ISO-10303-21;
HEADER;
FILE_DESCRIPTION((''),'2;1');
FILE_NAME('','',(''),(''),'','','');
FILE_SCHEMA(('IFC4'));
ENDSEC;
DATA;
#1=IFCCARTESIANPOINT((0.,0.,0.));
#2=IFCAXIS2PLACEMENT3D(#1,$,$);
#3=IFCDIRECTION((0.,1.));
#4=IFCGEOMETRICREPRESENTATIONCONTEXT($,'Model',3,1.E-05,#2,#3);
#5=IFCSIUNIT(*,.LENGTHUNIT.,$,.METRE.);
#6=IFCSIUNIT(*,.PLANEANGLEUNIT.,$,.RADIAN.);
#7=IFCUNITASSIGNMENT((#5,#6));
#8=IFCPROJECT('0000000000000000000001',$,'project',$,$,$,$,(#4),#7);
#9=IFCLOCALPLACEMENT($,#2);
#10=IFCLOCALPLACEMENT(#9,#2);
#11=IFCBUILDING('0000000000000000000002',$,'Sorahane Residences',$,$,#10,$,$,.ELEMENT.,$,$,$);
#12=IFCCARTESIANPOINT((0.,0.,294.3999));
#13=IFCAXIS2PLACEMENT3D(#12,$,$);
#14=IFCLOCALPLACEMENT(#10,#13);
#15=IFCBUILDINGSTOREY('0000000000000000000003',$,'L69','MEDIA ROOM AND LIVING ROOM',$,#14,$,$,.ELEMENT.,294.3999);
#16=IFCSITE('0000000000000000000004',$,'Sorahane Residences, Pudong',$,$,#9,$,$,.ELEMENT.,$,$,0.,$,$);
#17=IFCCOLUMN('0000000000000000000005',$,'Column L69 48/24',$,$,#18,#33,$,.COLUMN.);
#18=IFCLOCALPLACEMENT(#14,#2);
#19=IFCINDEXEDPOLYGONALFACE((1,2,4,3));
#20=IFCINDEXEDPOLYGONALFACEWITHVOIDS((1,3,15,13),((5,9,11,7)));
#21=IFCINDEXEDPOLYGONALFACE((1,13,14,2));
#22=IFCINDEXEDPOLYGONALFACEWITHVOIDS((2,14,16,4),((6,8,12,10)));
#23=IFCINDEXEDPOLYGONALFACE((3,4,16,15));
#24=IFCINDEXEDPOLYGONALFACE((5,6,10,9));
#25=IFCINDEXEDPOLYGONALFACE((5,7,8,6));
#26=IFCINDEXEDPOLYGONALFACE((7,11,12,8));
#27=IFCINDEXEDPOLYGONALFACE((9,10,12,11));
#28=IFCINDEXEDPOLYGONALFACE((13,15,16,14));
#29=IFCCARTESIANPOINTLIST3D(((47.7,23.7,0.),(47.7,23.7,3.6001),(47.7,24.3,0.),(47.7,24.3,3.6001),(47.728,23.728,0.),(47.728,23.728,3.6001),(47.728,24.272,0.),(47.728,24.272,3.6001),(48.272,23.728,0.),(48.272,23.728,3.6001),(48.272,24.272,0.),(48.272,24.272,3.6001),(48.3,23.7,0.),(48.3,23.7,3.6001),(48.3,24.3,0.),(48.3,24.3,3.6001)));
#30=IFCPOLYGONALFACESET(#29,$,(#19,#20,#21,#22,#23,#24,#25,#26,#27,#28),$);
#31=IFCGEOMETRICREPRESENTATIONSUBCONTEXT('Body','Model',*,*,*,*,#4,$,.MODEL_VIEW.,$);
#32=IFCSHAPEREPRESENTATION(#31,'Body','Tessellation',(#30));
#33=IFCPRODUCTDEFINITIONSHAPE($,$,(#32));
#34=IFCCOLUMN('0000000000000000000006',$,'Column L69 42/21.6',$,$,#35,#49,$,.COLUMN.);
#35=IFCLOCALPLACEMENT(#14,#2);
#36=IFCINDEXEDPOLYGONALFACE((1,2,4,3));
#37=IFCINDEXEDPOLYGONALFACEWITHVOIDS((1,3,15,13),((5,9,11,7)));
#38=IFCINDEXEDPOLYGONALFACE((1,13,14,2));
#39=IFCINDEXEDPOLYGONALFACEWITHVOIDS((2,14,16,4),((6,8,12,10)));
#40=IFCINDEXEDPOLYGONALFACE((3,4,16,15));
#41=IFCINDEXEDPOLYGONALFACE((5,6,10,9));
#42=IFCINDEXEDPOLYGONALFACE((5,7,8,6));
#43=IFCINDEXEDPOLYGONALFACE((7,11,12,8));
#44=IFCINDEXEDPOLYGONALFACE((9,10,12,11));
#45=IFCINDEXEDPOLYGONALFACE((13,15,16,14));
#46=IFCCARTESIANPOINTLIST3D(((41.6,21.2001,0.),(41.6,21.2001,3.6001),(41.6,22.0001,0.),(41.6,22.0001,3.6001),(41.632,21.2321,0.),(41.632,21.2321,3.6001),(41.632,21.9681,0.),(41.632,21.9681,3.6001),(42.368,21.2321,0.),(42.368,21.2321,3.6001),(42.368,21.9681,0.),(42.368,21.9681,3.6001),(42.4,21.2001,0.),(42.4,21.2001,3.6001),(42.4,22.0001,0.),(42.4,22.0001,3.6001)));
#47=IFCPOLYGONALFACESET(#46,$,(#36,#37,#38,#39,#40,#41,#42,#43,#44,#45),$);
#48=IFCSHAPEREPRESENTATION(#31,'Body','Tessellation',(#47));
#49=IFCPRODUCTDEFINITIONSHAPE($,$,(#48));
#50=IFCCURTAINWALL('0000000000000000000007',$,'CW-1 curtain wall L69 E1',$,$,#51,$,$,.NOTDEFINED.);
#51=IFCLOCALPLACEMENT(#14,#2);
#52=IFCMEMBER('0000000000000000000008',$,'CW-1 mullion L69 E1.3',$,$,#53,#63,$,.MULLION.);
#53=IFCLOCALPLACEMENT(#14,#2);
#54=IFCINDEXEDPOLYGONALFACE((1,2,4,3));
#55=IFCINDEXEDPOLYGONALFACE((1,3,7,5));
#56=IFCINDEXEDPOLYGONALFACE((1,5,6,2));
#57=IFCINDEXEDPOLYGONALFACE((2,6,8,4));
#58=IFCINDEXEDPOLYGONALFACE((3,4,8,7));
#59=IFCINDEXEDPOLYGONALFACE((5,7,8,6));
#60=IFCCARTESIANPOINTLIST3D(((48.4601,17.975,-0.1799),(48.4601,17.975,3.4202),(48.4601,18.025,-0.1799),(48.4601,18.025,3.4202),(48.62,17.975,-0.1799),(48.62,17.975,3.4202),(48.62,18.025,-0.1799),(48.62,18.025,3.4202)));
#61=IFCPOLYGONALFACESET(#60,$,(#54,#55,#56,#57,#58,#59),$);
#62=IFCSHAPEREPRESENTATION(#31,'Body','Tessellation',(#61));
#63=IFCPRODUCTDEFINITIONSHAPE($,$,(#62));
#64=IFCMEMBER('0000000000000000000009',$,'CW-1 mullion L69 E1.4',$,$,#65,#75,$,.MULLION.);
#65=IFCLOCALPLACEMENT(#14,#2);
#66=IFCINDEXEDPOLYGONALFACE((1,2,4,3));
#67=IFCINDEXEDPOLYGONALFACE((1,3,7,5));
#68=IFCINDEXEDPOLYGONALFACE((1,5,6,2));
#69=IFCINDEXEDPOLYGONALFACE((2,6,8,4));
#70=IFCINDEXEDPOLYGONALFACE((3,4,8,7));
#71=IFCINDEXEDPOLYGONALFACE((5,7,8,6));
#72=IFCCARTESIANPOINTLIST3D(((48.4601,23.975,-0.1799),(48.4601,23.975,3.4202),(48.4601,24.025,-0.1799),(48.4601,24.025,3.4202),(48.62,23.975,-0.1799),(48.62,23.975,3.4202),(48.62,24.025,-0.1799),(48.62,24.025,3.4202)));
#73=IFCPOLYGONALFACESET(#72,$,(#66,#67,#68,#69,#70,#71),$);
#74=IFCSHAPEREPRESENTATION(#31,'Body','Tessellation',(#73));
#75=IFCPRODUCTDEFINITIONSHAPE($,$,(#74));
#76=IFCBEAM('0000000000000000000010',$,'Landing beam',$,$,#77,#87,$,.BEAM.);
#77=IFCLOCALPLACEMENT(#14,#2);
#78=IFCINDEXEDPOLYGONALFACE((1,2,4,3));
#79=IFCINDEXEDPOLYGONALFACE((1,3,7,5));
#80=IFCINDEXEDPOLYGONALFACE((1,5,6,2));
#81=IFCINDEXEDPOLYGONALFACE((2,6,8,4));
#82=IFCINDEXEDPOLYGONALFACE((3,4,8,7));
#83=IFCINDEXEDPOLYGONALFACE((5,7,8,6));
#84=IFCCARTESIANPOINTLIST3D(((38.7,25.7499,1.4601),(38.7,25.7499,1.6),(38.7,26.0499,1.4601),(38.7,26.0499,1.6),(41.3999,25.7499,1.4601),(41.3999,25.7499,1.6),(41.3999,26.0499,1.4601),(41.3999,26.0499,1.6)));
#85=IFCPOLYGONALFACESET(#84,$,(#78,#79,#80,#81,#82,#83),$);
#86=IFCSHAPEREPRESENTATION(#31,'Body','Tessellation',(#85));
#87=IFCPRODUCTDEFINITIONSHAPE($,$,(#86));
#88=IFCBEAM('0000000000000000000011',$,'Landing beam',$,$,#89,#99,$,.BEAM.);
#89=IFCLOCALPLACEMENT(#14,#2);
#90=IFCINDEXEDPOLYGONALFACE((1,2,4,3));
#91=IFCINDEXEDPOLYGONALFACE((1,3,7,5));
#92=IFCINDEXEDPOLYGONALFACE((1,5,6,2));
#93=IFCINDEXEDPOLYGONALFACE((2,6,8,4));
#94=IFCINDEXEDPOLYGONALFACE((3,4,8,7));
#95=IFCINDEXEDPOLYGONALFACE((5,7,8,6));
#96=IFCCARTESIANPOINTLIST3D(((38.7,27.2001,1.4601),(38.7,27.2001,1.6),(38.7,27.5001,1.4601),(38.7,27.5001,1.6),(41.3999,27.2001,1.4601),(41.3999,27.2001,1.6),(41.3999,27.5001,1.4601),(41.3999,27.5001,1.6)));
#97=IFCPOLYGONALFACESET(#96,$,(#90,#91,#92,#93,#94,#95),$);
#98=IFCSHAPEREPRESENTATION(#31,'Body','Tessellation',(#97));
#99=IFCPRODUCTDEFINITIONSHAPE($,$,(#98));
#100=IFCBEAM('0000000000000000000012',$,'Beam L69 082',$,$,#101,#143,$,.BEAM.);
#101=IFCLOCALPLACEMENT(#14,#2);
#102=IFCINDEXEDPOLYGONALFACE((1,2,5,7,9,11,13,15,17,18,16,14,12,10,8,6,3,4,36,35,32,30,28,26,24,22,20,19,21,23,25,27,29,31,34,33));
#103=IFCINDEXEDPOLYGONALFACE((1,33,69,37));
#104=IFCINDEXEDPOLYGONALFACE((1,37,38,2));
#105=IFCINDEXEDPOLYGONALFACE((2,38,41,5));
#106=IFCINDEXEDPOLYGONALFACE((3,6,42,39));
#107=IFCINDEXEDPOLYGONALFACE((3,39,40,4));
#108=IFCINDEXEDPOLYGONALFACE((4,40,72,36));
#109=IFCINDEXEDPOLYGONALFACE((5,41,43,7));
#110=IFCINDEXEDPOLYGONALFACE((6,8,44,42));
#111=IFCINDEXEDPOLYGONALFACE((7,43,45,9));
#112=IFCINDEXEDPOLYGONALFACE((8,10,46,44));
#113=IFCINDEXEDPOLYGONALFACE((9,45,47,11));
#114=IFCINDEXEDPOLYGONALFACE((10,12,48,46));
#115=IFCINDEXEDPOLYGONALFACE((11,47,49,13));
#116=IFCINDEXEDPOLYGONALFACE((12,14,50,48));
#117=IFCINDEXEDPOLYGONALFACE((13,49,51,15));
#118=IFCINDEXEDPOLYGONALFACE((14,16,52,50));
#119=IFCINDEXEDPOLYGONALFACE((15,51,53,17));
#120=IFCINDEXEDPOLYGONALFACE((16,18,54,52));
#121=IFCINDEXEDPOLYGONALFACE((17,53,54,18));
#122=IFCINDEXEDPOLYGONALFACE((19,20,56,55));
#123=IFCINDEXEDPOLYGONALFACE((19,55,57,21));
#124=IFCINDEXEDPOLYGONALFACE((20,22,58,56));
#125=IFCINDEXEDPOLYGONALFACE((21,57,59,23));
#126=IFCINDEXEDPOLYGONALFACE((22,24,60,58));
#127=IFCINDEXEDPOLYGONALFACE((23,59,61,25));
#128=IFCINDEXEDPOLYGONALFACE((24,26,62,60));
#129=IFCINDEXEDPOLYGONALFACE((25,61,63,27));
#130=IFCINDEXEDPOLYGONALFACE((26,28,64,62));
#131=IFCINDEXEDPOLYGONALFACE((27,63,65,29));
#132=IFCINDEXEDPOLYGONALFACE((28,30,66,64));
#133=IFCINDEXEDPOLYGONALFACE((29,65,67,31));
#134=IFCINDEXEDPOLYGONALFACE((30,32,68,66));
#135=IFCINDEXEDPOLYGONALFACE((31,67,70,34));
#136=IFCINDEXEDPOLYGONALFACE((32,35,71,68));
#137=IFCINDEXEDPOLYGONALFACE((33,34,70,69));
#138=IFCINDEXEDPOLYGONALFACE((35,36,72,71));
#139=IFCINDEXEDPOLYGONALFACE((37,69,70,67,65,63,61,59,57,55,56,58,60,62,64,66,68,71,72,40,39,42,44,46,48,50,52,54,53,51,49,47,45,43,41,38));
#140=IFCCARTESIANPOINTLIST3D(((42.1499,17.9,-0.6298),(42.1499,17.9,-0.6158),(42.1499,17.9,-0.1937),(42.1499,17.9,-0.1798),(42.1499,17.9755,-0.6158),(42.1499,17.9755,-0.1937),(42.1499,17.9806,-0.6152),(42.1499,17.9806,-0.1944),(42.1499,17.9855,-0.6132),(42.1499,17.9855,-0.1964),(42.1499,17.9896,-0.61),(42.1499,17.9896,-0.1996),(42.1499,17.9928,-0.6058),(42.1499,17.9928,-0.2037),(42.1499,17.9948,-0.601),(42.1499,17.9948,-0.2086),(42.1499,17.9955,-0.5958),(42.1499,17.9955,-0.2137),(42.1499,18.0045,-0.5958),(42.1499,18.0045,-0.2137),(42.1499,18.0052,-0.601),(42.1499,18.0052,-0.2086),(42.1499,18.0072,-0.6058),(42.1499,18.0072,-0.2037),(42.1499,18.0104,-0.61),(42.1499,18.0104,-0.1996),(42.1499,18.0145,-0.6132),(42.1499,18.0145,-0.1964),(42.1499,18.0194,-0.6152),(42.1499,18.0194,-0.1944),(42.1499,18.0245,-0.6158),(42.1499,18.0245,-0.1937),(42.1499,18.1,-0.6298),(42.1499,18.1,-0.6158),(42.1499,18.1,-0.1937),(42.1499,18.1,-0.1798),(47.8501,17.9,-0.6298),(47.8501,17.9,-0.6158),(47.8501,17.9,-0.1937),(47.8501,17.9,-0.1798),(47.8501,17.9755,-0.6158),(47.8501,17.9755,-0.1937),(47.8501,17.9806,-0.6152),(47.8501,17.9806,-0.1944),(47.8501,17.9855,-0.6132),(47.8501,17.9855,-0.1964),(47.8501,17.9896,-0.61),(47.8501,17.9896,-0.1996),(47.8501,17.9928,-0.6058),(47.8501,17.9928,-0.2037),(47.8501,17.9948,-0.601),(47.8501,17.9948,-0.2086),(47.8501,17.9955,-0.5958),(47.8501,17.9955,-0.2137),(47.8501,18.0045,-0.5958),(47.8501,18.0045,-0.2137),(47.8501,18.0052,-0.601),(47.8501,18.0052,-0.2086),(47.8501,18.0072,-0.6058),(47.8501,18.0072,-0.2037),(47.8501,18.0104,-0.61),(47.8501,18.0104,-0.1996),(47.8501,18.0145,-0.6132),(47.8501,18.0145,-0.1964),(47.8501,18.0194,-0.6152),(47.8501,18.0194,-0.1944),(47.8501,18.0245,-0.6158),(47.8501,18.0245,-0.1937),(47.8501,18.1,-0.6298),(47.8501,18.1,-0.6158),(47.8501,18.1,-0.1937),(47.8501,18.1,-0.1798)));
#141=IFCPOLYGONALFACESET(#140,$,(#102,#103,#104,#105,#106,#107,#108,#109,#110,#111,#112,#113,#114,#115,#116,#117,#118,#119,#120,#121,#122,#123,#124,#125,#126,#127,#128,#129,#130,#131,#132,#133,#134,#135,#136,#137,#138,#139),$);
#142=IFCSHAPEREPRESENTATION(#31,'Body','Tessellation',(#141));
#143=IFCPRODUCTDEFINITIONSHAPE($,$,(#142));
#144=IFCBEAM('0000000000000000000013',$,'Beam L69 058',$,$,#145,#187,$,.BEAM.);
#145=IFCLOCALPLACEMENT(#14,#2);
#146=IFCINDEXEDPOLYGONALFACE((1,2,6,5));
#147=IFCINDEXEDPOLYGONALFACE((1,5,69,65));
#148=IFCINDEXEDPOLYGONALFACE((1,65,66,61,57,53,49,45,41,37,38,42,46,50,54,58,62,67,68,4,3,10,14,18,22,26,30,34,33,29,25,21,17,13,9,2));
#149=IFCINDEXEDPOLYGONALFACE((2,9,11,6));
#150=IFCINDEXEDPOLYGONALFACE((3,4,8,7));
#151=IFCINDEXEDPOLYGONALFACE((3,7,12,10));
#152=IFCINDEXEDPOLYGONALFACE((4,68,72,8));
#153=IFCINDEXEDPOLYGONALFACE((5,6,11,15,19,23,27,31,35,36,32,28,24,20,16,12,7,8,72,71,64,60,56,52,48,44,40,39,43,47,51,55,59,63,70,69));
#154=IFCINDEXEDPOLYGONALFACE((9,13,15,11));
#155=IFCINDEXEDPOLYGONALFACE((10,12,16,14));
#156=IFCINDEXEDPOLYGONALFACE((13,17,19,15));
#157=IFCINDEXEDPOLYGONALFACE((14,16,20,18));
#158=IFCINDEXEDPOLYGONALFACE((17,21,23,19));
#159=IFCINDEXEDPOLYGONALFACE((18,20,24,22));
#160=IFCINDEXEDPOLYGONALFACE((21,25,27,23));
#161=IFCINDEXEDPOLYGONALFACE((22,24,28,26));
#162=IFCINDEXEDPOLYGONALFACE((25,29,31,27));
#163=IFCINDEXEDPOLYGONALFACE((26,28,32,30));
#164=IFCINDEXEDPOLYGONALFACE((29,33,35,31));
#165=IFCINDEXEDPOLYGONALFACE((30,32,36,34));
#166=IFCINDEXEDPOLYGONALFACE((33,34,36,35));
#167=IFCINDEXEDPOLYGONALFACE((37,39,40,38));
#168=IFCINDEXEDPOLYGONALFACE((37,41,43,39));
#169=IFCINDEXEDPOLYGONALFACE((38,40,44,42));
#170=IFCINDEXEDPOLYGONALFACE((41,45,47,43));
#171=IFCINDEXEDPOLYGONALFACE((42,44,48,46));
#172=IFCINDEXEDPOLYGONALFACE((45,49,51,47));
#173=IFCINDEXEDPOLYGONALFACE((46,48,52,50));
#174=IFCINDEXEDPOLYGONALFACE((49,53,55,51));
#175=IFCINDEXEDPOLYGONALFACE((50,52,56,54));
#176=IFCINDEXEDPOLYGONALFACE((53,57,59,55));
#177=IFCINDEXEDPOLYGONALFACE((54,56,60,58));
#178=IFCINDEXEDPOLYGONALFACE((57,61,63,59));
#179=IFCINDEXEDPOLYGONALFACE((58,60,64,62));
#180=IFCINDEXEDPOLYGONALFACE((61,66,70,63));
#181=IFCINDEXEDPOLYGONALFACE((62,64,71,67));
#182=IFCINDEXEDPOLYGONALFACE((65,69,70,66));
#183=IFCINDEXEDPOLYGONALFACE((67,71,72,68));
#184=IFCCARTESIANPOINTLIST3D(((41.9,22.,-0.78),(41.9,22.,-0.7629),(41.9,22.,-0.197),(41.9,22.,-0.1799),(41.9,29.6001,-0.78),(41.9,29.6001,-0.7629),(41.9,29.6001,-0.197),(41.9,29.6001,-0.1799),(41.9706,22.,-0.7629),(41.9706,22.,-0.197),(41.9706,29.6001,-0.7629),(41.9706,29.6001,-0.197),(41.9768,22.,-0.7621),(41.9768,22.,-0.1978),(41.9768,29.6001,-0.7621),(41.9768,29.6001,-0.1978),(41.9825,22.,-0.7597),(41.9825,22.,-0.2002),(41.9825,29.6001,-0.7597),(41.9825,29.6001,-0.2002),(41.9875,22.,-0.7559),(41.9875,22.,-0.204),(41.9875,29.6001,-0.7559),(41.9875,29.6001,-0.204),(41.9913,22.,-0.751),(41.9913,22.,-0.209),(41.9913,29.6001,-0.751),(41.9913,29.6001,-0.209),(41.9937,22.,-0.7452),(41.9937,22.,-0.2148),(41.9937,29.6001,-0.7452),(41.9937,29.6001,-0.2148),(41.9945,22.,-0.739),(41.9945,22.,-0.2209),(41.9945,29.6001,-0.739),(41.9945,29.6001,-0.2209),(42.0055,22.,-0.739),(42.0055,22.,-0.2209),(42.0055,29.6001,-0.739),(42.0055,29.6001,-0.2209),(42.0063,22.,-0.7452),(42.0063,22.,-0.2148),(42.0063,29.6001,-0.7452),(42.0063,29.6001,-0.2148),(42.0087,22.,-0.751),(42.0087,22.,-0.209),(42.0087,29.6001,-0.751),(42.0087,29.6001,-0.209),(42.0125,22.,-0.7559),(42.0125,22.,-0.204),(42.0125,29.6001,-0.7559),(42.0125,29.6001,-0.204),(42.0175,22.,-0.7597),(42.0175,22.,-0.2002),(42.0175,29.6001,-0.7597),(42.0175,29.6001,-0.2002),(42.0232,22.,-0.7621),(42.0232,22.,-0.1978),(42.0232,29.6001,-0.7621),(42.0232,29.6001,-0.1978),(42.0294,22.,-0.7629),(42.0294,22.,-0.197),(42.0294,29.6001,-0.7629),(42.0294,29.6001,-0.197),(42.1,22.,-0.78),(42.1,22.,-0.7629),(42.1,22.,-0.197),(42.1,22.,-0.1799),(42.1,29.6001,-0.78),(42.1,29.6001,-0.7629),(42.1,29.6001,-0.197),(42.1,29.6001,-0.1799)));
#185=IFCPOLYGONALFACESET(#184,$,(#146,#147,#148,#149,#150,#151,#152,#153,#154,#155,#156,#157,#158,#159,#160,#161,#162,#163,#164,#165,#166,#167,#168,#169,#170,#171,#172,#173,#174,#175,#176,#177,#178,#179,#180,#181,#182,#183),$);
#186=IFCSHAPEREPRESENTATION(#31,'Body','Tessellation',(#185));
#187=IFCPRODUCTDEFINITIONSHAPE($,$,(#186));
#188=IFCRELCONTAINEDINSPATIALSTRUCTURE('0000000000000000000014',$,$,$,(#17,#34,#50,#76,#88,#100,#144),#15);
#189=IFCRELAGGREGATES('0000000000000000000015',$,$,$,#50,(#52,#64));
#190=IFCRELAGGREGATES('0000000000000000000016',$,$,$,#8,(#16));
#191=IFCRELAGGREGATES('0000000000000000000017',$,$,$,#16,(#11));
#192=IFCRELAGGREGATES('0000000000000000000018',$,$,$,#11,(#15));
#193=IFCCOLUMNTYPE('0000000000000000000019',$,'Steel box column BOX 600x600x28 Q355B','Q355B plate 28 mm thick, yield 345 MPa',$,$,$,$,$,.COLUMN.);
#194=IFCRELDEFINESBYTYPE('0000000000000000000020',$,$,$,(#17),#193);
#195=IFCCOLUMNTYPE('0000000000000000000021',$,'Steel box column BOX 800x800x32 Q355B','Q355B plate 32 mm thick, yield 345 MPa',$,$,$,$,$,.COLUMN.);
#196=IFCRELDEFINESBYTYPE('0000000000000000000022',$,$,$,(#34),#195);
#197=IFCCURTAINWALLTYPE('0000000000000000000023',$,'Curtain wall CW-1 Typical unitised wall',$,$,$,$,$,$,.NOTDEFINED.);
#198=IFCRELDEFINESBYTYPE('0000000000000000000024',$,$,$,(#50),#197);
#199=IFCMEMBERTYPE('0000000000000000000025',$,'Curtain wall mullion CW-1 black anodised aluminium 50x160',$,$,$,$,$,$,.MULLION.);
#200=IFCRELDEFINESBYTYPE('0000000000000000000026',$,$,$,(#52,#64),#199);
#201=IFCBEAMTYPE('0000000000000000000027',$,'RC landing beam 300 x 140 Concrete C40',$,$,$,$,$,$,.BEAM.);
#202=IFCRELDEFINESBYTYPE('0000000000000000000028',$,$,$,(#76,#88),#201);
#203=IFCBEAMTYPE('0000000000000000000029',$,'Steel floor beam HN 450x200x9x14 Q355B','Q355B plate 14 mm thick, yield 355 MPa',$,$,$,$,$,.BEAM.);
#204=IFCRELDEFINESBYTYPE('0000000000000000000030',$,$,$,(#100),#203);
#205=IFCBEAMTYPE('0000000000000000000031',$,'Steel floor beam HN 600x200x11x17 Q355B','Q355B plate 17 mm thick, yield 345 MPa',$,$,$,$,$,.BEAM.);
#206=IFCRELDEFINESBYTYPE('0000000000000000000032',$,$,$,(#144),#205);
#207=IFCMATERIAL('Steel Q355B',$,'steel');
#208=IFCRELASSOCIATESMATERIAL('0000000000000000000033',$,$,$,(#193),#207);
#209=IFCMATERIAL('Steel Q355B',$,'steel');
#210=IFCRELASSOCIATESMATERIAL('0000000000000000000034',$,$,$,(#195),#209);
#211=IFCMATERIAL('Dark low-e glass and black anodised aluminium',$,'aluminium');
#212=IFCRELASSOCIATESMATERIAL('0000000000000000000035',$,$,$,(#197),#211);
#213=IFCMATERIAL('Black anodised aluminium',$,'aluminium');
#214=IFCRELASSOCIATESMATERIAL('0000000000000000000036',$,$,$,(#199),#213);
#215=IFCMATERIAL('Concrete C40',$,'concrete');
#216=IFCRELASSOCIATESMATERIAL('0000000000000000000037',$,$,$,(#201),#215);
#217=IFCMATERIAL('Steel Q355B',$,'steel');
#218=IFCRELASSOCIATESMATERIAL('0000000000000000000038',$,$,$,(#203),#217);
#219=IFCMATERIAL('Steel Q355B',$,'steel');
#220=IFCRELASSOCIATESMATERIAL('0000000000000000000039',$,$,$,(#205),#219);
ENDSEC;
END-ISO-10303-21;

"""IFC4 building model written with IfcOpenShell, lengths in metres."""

from ifc_helpers import new_model, si_unit, direction, frame, origin, origin_2d, place, context, subcontext, project, spatial, rectangle, hollow_rectangle, i_section, extrude, material, material_profile, profile_set, type_object, element, aggregate, save


model = new_model("IFC4")

# Units and contexts
model_context = context("Model", 3, precision=1e-05, world=origin(), true_north=direction((0.0, 1.0)))
body_context = subcontext(model_context, "Body", "Model", "MODEL_VIEW")
ifc_project = project(units=[si_unit("LENGTHUNIT", "METRE"), si_unit("PLANEANGLEUNIT", "RADIAN")], contexts=[model_context])

# Site, building, storey
site_placement = place(None, origin())
site = spatial("IfcSite", under=ifc_project, at=site_placement, Name="Sorahane Residences, Pudong", CompositionType="ELEMENT", RefElevation=0.0)
building_placement = place(site_placement, origin())
building = spatial("IfcBuilding", under=site, at=building_placement, Name="Sorahane Residences", CompositionType="ELEMENT")
storey_placement = place(building_placement, frame((0.0, 0.0, 294.3999)))
storey = spatial("IfcBuildingStorey", under=building, at=storey_placement, Name="L69", Description="MEDIA ROOM AND LIVING ROOM", CompositionType="ELEMENT", Elevation=294.3999)

# Columns
ifc_material_1 = material(Name="Steel Q355B", Category="steel")
ifc_material_profile_1 = material_profile(ifc_material_1, hollow_rectangle(XDim=0.6001, YDim=0.6001, WallThickness=0.0281, at=origin_2d()), Name="BOX 600x600x28")
ifc_profile_set_1 = profile_set([ifc_material_profile_1], Name="Steel Q355B")
column_type_1 = type_object("IfcColumnType", Name="Steel box column BOX 600x600x28 Q355B", Description="Q355B plate 28 mm thick, yield 345 MPa", PredefinedType="COLUMN", material=ifc_profile_set_1)
column_1_placement = place(storey_placement, frame((48.0, 24.0, 0.0), z_axis=(0.0, 0.0, 1.0), x_axis=(1.0, 0.0, 0.0)))
element("IfcColumn", 1, at=column_1_placement, inside=storey, type_object=column_type_1, Name="Column L69 48/24", PredefinedType="COLUMN", context=body_context, shape_type="SweptSolid", body=[
    extrude(hollow_rectangle(XDim=0.6001, YDim=0.6001, WallThickness=0.0281, at=origin_2d()), origin(), (0.0, 0.0, 1.0), 3.6001),
])
ifc_material_2 = material(Name="Steel Q355B", Category="steel")
ifc_material_profile_2 = material_profile(ifc_material_2, hollow_rectangle(XDim=0.8, YDim=0.8, WallThickness=0.032, at=origin_2d()), Name="BOX 800x800x32")
ifc_profile_set_2 = profile_set([ifc_material_profile_2], Name="Steel Q355B")
column_type_2 = type_object("IfcColumnType", Name="Steel box column BOX 800x800x32 Q355B", Description="Q355B plate 32 mm thick, yield 345 MPa", PredefinedType="COLUMN", material=ifc_profile_set_2)
column_2_placement = place(storey_placement, frame((42.0, 21.6001, 0.0), z_axis=(0.0, 0.0, 1.0), x_axis=(1.0, 0.0, 0.0)))
element("IfcColumn", 2, at=column_2_placement, inside=storey, type_object=column_type_2, Name="Column L69 42/21.6", PredefinedType="COLUMN", context=body_context, shape_type="SweptSolid", body=[
    extrude(hollow_rectangle(XDim=0.8, YDim=0.8, WallThickness=0.032, at=origin_2d()), origin(), (0.0, 0.0, 1.0), 3.6001),
])

# Curtain wall, members
ifc_material_3 = material(Name="Dark low-e glass and black anodised aluminium", Category="aluminium")
curtain_wall_type = type_object("IfcCurtainWallType", Name="Curtain wall CW-1 Typical unitised wall", PredefinedType="NOTDEFINED", material=ifc_material_3)
curtain_wall_placement = place(storey_placement, origin())
curtain_wall = element("IfcCurtainWall", 3, at=curtain_wall_placement, inside=storey, type_object=curtain_wall_type, Name="CW-1 curtain wall L69 E1", PredefinedType="NOTDEFINED")
ifc_material_4 = material(Name="Black anodised aluminium", Category="aluminium")
ifc_material_profile_3 = material_profile(ifc_material_4, rectangle(XDim=0.1599, YDim=0.05, at=origin_2d()), Name="Curtain wall mullion CW-1 black anodised aluminium 50x160")
ifc_profile_set_3 = profile_set([ifc_material_profile_3], Name="Black anodised aluminium")
member_type = type_object("IfcMemberType", Name="Curtain wall mullion CW-1 black anodised aluminium 50x160", PredefinedType="MULLION", material=ifc_profile_set_3)
member_1_placement = place(storey_placement, frame((48.54, 18.0, -0.1799), z_axis=(0.0, 0.0, 1.0), x_axis=(1.0, 0.0, 0.0)))
member_1 = element("IfcMember", 4, at=member_1_placement, type_object=member_type, Name="CW-1 mullion L69 E1.3", PredefinedType="MULLION", context=body_context, shape_type="SweptSolid", body=[
    extrude(rectangle(XDim=0.1599, YDim=0.05, at=origin_2d()), origin(), (0.0, 0.0, 1.0), 3.6001),
])
member_2_placement = place(storey_placement, frame((48.54, 24.0, -0.1799), z_axis=(0.0, 0.0, 1.0), x_axis=(1.0, 0.0, 0.0)))
member_2 = element("IfcMember", 5, at=member_2_placement, type_object=member_type, Name="CW-1 mullion L69 E1.4", PredefinedType="MULLION", context=body_context, shape_type="SweptSolid", body=[
    extrude(rectangle(XDim=0.1599, YDim=0.05, at=origin_2d()), origin(), (0.0, 0.0, 1.0), 3.6001),
])

# Beams
ifc_material_5 = material(Name="Concrete C40", Category="concrete")
ifc_material_profile_4 = material_profile(ifc_material_5, rectangle(XDim=0.3, YDim=0.1399, at=origin_2d()), Name="300x140")
ifc_profile_set_4 = profile_set([ifc_material_profile_4], Name="Concrete C40")
beam_type_1 = type_object("IfcBeamType", Name="RC landing beam 300 x 140 Concrete C40", PredefinedType="BEAM", material=ifc_profile_set_4)
for number, where, z_axis, x_axis, name in (
    (6, (38.7, 25.8999, 1.53), (1.0, 0.0, 0.0), (0.0, 1.0, 0.0), "Landing beam"),
    (7, (38.7, 27.3501, 1.53), (1.0, 0.0, 0.0), (0.0, 1.0, 0.0), "Landing beam"),
):
    element("IfcBeam", number, at=place(storey_placement, frame(where, z_axis=z_axis, x_axis=x_axis)), inside=storey, type_object=beam_type_1, Name=name, PredefinedType="BEAM", context=body_context, shape_type="SweptSolid", body=[
        extrude(rectangle(XDim=0.3, YDim=0.1399, at=origin_2d()), origin(), (0.0, 0.0, 1.0), 2.7),
    ])
ifc_material_6 = material(Name="Steel Q355B", Category="steel")
ifc_material_profile_5 = material_profile(ifc_material_6, i_section(OverallWidth=0.2, OverallDepth=0.45, WebThickness=0.009, FlangeThickness=0.0139, FilletRadius=0.02, at=origin_2d()), Name="HN 450x200x9x14")
ifc_profile_set_5 = profile_set([ifc_material_profile_5], Name="Steel Q355B")
beam_type_2 = type_object("IfcBeamType", Name="Steel floor beam HN 450x200x9x14 Q355B", Description="Q355B plate 14 mm thick, yield 355 MPa", PredefinedType="BEAM", material=ifc_profile_set_5)
beam_1_placement = place(storey_placement, frame((42.1499, 18.0, -0.4048), z_axis=(1.0, 0.0, 0.0), x_axis=(0.0, 1.0, 0.0)))
element("IfcBeam", 8, at=beam_1_placement, inside=storey, type_object=beam_type_2, Name="Beam L69 082", PredefinedType="BEAM", context=body_context, shape_type="SweptSolid", body=[
    extrude(i_section(OverallWidth=0.2, OverallDepth=0.45, WebThickness=0.009, FlangeThickness=0.0139, FilletRadius=0.02, at=origin_2d()), origin(), (0.0, 0.0, 1.0), 5.7002),
])
ifc_material_7 = material(Name="Steel Q355B", Category="steel")
ifc_material_profile_6 = material_profile(ifc_material_7, i_section(OverallWidth=0.2, OverallDepth=0.6001, WebThickness=0.011, FlangeThickness=0.0171, FilletRadius=0.0239, at=origin_2d()), Name="HN 600x200x11x17")
ifc_profile_set_6 = profile_set([ifc_material_profile_6], Name="Steel Q355B")
beam_type_3 = type_object("IfcBeamType", Name="Steel floor beam HN 600x200x11x17 Q355B", Description="Q355B plate 17 mm thick, yield 345 MPa", PredefinedType="BEAM", material=ifc_profile_set_6)
beam_2_placement = place(storey_placement, frame((42.0, 22.0, -0.48), z_axis=(0.0, 1.0, 0.0), x_axis=(-1.0, 0.0, 0.0)))
element("IfcBeam", 9, at=beam_2_placement, inside=storey, type_object=beam_type_3, Name="Beam L69 058", PredefinedType="BEAM", context=body_context, shape_type="SweptSolid", body=[
    extrude(i_section(OverallWidth=0.2, OverallDepth=0.6001, WebThickness=0.011, FlangeThickness=0.0171, FilletRadius=0.0239, at=origin_2d()), origin(), (0.0, 0.0, 1.0), 7.6001),
])

aggregate(curtain_wall, [member_1, member_2])

save(model, "model.ifc")
